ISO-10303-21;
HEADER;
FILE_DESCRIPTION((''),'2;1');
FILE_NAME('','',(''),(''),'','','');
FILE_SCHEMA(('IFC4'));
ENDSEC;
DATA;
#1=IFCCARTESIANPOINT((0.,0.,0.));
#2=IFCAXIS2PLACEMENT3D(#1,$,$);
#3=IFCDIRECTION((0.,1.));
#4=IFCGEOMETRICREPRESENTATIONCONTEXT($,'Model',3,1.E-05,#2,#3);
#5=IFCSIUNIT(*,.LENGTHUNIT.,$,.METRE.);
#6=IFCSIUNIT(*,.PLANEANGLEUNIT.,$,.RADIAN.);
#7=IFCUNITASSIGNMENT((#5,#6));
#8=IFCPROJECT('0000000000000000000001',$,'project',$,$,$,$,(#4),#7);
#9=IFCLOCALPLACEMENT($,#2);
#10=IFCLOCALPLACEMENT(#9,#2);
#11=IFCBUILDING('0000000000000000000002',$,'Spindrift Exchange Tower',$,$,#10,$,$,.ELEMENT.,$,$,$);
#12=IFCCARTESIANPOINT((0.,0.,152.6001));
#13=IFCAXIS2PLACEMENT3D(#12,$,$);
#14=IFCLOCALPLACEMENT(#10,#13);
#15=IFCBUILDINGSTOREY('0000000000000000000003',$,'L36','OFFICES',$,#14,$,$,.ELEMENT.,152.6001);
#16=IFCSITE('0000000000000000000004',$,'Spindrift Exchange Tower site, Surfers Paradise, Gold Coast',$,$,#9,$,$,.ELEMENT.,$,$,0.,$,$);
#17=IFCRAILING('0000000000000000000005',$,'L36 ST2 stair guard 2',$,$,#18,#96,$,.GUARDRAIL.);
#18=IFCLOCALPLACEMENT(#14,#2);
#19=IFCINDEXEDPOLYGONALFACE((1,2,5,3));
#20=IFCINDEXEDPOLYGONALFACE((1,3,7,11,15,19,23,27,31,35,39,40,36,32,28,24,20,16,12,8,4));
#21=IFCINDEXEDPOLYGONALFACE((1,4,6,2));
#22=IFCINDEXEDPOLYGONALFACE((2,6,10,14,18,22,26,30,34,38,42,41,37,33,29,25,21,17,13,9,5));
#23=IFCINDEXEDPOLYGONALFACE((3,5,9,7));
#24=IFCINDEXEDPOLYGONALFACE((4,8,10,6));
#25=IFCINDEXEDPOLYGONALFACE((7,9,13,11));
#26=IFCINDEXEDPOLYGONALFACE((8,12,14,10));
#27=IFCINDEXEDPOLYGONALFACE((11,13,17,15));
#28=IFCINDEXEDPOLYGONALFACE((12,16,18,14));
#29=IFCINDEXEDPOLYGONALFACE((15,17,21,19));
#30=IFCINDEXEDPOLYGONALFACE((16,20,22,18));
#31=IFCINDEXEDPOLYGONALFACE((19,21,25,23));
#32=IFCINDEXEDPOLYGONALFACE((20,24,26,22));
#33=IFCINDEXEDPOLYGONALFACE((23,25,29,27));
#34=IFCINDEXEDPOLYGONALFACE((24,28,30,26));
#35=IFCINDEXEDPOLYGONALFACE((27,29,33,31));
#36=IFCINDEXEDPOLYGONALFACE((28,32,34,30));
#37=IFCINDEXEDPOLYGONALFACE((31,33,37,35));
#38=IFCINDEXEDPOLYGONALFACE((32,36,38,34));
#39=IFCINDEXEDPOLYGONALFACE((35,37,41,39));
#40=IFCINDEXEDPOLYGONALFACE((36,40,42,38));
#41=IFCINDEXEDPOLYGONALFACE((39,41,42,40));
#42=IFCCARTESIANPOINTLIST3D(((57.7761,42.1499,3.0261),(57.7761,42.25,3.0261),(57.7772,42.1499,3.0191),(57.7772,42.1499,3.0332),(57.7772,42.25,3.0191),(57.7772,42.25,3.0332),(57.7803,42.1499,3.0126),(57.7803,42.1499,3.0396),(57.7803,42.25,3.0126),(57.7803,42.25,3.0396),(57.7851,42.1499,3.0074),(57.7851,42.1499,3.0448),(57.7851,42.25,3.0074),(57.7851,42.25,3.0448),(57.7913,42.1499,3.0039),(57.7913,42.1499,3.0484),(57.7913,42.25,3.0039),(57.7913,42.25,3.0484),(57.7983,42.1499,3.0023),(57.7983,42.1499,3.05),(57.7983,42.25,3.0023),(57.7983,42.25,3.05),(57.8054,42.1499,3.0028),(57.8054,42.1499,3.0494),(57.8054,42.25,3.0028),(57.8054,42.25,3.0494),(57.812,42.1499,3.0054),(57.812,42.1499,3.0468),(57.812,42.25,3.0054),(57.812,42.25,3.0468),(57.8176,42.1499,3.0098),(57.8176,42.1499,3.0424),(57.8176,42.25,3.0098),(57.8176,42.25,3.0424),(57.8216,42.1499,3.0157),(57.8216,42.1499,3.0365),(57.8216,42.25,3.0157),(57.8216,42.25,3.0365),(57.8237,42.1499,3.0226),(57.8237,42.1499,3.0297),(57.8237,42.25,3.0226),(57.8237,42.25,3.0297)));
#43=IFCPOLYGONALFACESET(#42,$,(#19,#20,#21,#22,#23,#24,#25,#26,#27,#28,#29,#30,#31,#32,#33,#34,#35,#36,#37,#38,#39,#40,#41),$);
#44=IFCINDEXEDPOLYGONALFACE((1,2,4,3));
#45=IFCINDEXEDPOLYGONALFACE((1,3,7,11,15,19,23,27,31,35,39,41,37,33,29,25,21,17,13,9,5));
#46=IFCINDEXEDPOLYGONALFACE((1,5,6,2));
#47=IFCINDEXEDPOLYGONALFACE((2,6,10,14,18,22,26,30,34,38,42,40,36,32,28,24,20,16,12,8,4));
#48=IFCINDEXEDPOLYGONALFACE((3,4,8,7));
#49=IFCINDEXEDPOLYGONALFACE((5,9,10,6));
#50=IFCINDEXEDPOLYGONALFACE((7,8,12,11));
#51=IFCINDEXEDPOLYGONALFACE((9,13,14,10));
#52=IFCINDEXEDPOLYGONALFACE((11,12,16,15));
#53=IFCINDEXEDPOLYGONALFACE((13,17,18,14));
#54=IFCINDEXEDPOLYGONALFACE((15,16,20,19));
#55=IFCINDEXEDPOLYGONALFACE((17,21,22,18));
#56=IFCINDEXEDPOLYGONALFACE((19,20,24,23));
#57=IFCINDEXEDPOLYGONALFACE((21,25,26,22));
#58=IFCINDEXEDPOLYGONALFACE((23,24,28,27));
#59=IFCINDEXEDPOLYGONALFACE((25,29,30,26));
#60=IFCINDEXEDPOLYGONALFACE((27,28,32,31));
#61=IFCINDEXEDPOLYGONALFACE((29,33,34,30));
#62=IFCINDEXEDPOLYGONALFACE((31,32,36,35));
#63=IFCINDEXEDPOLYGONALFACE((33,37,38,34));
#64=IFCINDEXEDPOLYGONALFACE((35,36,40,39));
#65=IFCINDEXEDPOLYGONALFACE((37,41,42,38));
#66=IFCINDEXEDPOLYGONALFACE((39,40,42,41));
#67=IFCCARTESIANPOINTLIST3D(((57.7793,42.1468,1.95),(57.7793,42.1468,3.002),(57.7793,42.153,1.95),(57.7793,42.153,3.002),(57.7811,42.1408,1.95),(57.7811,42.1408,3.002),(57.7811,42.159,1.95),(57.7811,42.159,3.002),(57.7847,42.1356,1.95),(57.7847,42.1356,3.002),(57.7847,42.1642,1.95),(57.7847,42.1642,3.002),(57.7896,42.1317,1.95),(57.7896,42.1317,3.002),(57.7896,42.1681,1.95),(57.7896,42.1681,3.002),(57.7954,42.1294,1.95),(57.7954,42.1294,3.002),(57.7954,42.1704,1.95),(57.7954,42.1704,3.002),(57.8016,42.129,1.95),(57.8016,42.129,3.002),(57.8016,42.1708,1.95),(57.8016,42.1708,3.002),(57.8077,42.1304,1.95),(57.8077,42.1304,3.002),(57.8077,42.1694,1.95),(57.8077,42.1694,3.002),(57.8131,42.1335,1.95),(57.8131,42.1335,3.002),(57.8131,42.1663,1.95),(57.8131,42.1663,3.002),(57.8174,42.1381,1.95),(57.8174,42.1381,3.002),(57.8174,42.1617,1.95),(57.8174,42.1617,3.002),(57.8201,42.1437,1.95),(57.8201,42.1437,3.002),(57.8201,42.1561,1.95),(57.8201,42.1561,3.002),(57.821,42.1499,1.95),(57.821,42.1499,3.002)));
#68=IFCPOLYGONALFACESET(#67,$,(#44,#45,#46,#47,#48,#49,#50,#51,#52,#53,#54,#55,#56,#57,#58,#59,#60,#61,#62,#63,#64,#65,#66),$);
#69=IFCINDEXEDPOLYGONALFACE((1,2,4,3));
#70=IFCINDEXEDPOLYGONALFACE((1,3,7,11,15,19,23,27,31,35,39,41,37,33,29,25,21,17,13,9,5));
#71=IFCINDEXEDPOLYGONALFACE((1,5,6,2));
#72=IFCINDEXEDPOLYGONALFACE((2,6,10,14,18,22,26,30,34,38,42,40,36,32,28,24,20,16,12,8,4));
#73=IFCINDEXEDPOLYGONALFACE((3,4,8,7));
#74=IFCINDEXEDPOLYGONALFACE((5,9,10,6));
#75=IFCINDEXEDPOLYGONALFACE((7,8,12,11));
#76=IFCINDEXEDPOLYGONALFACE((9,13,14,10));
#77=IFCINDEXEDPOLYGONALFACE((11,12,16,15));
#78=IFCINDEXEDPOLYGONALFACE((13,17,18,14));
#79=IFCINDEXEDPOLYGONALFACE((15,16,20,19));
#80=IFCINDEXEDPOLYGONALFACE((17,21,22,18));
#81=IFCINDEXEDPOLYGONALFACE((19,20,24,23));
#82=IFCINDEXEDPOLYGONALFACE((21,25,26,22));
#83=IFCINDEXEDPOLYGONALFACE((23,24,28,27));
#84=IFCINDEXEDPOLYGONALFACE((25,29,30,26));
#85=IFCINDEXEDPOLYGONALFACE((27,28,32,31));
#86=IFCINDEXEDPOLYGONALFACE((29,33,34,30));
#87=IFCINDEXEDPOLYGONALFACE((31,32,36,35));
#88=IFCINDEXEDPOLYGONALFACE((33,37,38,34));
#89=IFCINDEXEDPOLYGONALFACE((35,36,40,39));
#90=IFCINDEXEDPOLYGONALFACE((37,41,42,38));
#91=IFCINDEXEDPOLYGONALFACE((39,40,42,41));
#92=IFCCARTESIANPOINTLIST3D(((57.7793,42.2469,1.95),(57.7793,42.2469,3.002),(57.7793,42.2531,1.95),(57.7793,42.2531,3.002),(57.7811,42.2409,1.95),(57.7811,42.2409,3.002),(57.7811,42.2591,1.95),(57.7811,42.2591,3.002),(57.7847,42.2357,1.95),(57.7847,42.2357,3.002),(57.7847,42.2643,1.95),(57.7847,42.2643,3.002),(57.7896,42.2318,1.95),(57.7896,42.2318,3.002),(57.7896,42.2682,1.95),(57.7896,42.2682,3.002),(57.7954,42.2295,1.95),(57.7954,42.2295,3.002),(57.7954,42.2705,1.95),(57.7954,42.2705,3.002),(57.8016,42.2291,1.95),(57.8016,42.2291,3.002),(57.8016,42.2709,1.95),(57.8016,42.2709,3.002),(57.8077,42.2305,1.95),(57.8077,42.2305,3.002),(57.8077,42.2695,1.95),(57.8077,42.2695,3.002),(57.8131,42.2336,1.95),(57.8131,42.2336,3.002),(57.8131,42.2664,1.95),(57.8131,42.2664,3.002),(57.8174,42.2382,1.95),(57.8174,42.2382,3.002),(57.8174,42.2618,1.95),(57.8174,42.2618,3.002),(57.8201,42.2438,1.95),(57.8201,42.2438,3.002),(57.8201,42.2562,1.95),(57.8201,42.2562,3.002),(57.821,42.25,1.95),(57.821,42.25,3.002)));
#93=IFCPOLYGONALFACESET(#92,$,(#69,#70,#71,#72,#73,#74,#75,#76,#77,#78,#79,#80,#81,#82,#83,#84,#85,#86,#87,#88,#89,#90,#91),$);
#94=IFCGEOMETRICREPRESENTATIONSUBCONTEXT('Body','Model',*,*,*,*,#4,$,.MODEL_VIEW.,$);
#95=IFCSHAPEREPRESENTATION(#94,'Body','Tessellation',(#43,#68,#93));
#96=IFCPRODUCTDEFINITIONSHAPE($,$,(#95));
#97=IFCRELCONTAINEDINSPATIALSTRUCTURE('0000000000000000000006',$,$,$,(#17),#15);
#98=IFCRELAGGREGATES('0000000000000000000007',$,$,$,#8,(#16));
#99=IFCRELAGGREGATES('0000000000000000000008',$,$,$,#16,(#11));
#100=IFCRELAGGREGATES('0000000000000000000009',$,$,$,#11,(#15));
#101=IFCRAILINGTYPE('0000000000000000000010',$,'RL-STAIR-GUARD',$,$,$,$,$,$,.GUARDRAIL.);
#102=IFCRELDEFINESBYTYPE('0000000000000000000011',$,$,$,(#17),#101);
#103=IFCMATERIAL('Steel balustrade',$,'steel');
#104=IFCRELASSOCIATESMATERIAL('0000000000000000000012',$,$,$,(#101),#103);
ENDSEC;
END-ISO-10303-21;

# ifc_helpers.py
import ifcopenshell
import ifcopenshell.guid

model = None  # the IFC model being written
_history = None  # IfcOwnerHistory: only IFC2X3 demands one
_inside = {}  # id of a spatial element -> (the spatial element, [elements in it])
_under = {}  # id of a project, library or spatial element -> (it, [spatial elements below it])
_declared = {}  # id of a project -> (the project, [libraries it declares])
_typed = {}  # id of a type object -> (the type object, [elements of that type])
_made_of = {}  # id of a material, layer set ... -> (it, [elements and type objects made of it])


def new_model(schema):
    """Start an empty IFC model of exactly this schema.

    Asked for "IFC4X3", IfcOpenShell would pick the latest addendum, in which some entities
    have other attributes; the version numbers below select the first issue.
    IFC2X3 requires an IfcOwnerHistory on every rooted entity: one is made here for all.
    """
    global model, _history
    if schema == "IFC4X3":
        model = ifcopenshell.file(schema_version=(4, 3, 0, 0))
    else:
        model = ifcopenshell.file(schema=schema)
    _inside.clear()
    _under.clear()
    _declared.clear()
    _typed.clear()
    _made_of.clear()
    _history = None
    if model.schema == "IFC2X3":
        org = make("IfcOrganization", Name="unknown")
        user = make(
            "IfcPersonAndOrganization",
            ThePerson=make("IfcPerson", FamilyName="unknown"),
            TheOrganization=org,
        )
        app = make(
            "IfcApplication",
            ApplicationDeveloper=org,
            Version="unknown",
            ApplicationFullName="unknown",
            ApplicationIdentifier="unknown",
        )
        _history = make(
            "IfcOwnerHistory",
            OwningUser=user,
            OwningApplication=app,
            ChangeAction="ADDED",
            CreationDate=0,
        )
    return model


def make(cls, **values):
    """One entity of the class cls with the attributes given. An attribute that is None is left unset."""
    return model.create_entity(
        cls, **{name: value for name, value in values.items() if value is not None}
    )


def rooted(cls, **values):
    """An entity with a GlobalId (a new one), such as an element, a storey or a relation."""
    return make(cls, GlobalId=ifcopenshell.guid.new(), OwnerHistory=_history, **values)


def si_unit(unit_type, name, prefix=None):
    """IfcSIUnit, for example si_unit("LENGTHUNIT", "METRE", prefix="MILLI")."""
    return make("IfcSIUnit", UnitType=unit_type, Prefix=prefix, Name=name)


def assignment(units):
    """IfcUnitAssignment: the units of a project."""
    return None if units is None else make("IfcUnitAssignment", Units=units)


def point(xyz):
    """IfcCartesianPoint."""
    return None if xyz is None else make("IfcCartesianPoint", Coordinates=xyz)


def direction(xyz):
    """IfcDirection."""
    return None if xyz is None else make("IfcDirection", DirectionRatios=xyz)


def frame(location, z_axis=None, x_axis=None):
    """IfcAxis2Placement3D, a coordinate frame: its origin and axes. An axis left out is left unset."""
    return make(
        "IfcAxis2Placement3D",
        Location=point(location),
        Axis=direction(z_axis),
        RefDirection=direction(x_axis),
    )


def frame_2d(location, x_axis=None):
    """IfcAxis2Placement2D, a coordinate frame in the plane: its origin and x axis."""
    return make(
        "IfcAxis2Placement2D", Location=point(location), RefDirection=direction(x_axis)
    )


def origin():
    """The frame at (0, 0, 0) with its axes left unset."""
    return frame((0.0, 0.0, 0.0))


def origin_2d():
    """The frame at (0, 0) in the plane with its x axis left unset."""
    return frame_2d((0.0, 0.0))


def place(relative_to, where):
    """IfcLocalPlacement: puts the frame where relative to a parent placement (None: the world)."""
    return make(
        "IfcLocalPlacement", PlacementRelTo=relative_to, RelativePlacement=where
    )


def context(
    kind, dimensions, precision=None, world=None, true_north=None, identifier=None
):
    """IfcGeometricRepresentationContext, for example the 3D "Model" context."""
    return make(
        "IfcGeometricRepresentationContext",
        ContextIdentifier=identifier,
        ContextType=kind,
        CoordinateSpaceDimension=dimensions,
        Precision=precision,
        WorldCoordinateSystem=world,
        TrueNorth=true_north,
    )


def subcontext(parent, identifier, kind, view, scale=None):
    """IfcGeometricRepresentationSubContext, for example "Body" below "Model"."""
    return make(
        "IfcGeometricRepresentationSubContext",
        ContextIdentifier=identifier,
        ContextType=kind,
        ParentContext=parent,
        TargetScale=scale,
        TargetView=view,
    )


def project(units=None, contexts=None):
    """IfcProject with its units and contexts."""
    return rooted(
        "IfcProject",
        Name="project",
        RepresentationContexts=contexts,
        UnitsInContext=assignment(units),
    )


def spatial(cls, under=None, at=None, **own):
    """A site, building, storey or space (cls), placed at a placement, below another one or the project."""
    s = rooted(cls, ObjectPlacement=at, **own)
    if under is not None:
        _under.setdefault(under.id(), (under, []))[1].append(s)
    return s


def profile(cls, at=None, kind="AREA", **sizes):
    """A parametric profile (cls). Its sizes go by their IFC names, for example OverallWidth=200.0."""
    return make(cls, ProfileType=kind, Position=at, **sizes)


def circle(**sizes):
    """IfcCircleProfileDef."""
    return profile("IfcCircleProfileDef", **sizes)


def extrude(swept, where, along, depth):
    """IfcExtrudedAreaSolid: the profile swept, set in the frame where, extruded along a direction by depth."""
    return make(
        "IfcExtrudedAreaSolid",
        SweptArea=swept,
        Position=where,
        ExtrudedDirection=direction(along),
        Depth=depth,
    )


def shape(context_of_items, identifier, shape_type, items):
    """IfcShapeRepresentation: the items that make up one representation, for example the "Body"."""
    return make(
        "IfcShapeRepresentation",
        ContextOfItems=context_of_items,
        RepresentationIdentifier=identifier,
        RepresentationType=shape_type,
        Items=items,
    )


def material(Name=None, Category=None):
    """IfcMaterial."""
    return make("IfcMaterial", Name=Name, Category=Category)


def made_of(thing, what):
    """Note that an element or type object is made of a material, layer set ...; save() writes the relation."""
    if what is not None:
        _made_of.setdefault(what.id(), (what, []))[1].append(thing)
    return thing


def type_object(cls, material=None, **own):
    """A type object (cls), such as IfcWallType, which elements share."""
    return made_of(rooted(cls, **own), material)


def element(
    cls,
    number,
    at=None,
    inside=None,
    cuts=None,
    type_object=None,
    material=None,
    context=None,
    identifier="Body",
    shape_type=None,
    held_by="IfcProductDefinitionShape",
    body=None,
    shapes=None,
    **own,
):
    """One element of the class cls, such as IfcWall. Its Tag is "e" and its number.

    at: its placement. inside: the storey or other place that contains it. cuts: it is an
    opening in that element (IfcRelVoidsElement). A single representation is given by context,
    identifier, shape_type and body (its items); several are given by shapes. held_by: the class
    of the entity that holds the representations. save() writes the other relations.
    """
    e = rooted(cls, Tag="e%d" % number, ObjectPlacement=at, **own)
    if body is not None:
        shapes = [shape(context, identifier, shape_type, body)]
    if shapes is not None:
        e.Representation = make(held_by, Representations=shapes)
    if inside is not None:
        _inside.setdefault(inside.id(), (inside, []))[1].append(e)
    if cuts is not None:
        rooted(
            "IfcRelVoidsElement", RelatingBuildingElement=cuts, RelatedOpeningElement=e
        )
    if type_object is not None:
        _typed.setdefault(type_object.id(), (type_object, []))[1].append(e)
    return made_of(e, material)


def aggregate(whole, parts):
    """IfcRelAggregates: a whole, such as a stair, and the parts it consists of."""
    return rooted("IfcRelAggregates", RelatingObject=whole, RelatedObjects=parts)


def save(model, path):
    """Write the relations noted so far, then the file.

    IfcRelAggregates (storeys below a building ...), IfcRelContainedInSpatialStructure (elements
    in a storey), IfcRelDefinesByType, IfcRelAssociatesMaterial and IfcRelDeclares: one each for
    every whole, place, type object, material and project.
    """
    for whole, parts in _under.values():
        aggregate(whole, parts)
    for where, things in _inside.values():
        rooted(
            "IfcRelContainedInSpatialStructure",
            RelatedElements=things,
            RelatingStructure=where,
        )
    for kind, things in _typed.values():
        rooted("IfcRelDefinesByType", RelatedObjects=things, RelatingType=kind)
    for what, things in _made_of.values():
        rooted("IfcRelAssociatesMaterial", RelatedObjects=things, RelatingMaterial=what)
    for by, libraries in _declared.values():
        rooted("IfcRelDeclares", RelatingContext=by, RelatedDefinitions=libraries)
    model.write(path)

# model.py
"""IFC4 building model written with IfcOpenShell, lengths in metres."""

from ifc_helpers import new_model, si_unit, direction, frame, origin, origin_2d, place, context, subcontext, project, spatial, circle, extrude, material, type_object, element, save


model = new_model("IFC4")

# Units and contexts
model_context = context("Model", 3, precision=1e-05, world=origin(), true_north=direction((0.0, 1.0)))
body_context = subcontext(model_context, "Body", "Model", "MODEL_VIEW")
ifc_project = project(units=[si_unit("LENGTHUNIT", "METRE"), si_unit("PLANEANGLEUNIT", "RADIAN")], contexts=[model_context])

# Site, building, storey
site_placement = place(None, origin())
site = spatial("IfcSite", under=ifc_project, at=site_placement, Name="Spindrift Exchange Tower site, Surfers Paradise, Gold Coast", CompositionType="ELEMENT", RefElevation=0.0)
building_placement = place(site_placement, origin())
building = spatial("IfcBuilding", under=site, at=building_placement, Name="Spindrift Exchange Tower", CompositionType="ELEMENT")
storey_placement = place(building_placement, frame((0.0, 0.0, 152.6001)))
storey = spatial("IfcBuildingStorey", under=building, at=storey_placement, Name="L36", Description="OFFICES", CompositionType="ELEMENT", Elevation=152.6001)

# Railing
ifc_material_1 = material(Name="Steel balustrade", Category="steel")
railing_type_1 = type_object("IfcRailingType", Name="RL-STAIR-GUARD", PredefinedType="GUARDRAIL", material=ifc_material_1)
railing_1_placement = place(storey_placement, frame((57.8, 42.1499, 1.95)))
element("IfcRailing", 1, at=railing_1_placement, inside=storey, type_object=railing_type_1, Name="L36 ST2 stair guard 2", PredefinedType="GUARDRAIL", context=body_context, shape_type="SweptSolid", body=[
    extrude(circle(Radius=0.0239, at=origin_2d()), frame((0.0, 0.0, 1.0762), z_axis=(0.0, 1.0, 0.0), x_axis=(-1.0, 0.0, 0.0)), (0.0, 0.0, 1.0), 0.1001),
    extrude(circle(Radius=0.021, at=origin_2d()), origin(), (0.0, 0.0, 1.0), 1.052),
    extrude(circle(Radius=0.021, at=origin_2d()), frame((0.0, 0.1001, 0.0)), (0.0, 0.0, 1.0), 1.052),
])

save(model, "model.ifc")
